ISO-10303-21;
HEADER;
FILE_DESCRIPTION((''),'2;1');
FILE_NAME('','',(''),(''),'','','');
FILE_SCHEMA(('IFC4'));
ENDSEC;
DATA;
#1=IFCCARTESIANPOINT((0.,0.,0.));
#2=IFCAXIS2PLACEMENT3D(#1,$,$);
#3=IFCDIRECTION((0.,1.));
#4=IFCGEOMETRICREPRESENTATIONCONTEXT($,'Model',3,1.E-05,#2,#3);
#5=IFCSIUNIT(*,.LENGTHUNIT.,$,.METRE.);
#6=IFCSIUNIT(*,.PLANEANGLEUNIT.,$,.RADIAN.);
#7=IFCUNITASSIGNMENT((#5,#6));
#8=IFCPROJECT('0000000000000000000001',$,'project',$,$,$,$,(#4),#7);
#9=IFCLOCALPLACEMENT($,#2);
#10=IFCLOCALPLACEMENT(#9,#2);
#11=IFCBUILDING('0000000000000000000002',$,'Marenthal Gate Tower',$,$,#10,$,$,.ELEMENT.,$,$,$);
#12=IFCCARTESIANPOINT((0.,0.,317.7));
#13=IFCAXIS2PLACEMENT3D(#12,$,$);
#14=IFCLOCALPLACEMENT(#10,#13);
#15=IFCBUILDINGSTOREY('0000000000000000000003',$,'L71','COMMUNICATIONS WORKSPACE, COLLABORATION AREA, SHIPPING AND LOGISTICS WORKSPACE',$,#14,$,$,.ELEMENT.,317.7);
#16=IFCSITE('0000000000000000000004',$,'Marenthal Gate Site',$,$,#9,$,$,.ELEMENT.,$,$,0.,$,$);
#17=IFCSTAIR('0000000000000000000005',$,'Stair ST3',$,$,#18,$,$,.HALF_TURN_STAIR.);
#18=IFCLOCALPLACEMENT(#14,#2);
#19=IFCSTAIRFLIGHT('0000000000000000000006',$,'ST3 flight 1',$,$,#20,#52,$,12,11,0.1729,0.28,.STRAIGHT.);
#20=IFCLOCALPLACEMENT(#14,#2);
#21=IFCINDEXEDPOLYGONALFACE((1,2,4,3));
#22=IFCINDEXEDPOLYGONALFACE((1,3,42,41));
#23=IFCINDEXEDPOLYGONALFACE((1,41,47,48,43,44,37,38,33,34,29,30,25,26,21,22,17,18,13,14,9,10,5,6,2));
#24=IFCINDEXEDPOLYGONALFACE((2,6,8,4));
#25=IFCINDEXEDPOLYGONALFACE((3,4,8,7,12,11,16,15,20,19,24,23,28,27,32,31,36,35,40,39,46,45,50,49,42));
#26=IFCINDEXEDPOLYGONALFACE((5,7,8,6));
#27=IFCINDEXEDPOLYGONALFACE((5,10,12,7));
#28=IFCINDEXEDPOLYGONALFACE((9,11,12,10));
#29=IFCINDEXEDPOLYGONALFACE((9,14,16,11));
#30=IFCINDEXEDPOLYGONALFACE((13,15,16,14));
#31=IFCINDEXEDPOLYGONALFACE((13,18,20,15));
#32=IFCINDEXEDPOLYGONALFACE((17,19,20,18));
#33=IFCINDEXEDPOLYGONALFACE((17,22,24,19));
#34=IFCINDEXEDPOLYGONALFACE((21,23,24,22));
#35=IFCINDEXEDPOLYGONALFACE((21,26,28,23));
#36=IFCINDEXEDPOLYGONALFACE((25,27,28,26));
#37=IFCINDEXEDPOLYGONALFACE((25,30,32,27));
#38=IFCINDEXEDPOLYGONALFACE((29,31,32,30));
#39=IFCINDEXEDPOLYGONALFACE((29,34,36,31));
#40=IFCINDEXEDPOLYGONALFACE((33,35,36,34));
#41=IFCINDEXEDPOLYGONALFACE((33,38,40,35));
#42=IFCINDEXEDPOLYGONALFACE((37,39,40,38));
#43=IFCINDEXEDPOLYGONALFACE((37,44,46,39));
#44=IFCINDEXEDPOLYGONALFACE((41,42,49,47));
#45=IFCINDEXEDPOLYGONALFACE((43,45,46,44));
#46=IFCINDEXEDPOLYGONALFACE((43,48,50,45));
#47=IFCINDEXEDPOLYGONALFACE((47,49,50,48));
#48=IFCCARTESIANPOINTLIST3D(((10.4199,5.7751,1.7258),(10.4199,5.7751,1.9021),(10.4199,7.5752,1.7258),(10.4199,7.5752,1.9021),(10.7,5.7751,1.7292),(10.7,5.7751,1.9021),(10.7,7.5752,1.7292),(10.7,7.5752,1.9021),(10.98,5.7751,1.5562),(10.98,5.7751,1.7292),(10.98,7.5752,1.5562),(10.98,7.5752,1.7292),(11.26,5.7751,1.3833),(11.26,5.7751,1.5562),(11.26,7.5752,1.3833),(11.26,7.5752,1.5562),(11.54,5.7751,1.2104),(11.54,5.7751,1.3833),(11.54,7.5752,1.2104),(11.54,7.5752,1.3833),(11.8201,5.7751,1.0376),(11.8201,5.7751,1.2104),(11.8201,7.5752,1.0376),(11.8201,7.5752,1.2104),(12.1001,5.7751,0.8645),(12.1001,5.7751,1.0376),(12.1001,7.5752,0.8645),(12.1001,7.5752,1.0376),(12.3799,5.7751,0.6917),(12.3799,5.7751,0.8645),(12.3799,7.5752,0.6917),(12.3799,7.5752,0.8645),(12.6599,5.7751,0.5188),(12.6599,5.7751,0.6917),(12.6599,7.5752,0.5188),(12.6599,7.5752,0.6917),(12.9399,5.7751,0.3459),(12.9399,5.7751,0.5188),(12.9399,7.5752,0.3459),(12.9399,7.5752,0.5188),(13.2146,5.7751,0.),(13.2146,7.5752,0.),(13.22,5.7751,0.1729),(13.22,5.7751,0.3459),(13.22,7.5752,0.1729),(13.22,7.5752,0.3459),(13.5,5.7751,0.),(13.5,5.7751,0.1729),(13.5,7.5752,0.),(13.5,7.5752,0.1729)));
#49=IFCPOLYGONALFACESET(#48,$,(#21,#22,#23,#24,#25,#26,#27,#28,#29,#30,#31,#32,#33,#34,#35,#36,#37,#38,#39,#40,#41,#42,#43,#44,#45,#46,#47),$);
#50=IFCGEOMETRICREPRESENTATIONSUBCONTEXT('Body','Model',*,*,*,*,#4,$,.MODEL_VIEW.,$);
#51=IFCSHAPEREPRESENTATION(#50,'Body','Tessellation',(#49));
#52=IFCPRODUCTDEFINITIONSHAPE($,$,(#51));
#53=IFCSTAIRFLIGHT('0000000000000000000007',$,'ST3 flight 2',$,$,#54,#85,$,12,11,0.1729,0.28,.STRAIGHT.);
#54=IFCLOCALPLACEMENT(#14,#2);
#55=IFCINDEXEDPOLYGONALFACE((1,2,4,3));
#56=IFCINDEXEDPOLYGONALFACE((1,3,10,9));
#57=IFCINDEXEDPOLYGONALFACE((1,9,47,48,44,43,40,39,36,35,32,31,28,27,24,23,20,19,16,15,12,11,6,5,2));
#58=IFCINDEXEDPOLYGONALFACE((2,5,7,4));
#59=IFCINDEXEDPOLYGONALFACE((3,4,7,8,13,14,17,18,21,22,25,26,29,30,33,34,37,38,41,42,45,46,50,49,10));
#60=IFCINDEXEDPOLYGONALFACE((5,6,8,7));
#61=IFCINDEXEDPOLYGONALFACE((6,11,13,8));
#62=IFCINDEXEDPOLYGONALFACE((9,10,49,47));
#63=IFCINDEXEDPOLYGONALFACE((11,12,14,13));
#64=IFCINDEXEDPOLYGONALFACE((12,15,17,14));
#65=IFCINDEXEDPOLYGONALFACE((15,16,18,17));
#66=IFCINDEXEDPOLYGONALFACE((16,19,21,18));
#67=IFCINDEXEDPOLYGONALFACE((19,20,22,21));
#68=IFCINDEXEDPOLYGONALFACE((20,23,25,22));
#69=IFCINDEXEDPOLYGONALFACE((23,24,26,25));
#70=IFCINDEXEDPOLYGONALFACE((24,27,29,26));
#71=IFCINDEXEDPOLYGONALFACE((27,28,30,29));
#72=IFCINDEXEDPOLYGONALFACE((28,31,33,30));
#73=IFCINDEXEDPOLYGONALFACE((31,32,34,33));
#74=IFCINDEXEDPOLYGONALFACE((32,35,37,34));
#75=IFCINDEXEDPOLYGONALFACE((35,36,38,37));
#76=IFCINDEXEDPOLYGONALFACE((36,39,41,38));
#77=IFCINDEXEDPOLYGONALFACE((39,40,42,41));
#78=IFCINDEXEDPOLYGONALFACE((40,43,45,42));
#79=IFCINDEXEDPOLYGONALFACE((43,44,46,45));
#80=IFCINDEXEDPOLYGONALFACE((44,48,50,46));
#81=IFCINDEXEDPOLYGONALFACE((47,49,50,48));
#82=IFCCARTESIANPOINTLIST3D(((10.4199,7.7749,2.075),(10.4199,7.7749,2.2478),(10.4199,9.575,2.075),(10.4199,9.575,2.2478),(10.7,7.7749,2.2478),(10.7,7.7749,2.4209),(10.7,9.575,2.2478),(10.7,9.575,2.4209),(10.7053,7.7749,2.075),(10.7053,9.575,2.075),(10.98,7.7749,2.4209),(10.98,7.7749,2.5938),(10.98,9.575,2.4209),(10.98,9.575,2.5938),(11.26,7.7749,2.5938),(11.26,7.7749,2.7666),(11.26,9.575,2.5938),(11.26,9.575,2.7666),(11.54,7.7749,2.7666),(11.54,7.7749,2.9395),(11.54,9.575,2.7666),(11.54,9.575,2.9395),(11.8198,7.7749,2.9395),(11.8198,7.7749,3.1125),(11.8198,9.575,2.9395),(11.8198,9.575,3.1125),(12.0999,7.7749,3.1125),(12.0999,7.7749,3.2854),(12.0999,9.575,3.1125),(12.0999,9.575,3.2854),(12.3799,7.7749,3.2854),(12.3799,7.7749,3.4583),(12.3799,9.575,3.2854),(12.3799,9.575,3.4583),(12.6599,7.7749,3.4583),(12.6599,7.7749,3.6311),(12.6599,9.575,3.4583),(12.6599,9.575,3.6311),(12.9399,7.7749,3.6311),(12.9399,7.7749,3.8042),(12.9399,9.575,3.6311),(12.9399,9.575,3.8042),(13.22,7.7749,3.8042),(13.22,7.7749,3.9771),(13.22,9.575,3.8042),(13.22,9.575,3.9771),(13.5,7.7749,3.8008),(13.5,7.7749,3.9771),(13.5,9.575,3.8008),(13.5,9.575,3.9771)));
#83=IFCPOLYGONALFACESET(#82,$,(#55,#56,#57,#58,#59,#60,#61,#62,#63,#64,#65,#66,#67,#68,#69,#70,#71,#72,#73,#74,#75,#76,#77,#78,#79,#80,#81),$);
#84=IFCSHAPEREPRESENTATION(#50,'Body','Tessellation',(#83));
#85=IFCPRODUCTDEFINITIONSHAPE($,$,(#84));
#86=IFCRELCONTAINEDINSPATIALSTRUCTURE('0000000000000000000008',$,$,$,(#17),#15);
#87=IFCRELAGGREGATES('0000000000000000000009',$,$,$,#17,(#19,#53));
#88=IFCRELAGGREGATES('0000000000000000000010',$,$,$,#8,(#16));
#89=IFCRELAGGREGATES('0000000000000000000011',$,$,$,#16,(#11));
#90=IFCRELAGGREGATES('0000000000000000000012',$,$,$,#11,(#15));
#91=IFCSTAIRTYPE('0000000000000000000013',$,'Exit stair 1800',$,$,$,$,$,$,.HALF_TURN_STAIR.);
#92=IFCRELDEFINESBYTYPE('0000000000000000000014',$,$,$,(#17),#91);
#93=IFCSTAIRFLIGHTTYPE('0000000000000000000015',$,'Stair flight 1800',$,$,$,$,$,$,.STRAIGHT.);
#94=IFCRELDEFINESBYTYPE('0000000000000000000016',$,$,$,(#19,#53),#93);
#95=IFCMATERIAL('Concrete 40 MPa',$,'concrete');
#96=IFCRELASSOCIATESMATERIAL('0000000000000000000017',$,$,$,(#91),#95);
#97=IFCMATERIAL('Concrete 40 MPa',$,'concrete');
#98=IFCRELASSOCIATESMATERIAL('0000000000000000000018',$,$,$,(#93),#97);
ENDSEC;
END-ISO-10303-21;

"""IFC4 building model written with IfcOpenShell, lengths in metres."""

from ifc_helpers import new_model, si_unit, direction, frame, origin, place, context, subcontext, project, spatial, polyline, outline, extrude, material, type_object, element, aggregate, save


model = new_model("IFC4")

# Units and contexts
model_context = context("Model", 3, precision=1e-05, world=origin(), true_north=direction((0.0, 1.0)))
body_context = subcontext(model_context, "Body", "Model", "MODEL_VIEW")
ifc_project = project(units=[si_unit("LENGTHUNIT", "METRE"), si_unit("PLANEANGLEUNIT", "RADIAN")], contexts=[model_context])

# Site, building, storey
site_placement = place(None, origin())
site = spatial("IfcSite", under=ifc_project, at=site_placement, Name="Marenthal Gate Site", CompositionType="ELEMENT", RefElevation=0.0)
building_placement = place(site_placement, origin())
building = spatial("IfcBuilding", under=site, at=building_placement, Name="Marenthal Gate Tower", CompositionType="ELEMENT")
storey_placement = place(building_placement, frame((0.0, 0.0, 317.7)))
storey = spatial("IfcBuildingStorey", under=building, at=storey_placement, Name="L71", Description="COMMUNICATIONS WORKSPACE, COLLABORATION AREA, SHIPPING AND LOGISTICS WORKSPACE", CompositionType="ELEMENT", Elevation=317.7)

# Stair, stair flights
ifc_material_1 = material(Name="Concrete 40 MPa", Category="concrete")
stair_type = type_object("IfcStairType", Name="Exit stair 1800", PredefinedType="HALF_TURN_STAIR", material=ifc_material_1)
stair_placement = place(storey_placement, origin())
stair = element("IfcStair", 1, at=stair_placement, inside=storey, type_object=stair_type, Name="Stair ST3", PredefinedType="HALF_TURN_STAIR")
ifc_material_2 = material(Name="Concrete 40 MPa", Category="concrete")
stair_flight_type = type_object("IfcStairFlightType", Name="Stair flight 1800", PredefinedType="STRAIGHT", material=ifc_material_2)
stair_flight_1_placement = place(storey_placement, frame((13.5, 6.675, 0.0), z_axis=(0.0, 0.0, 1.0), x_axis=(-1.0, 0.0, 0.0)))
stair_flight_1 = element("IfcStairFlight", 2, at=stair_flight_1_placement, type_object=stair_flight_type, Name="ST3 flight 1", NumberOfRisers=12, NumberOfTreads=11, PredefinedType="STRAIGHT", RiserHeight=0.1729, TreadLength=0.28, context=body_context, shape_type="SweptSolid", body=[
    extrude(outline(polyline([(0.0, 0.0), (0.0, 0.1729), (0.28, 0.1729), (0.28, 0.3459), (0.5601, 0.3459), (0.5601, 0.5188), (0.8401, 0.5188), (0.8401, 0.6917), (1.1201, 0.6917), (1.1201, 0.8645), (1.3999, 0.8645), (1.3999, 1.0376), (1.6799, 1.0376), (1.6799, 1.2104), (1.96, 1.2104), (1.96, 1.3833), (2.24, 1.3833), (2.24, 1.5562), (2.52, 1.5562), (2.52, 1.7292), (2.8, 1.7292), (2.8, 1.9021), (3.0801, 1.9021), (3.0801, 2.075), (3.0801, 1.7258), (0.2854, 0.0), (0.0, 0.0)])), frame((0.0, 0.8999, 0.0), z_axis=(0.0, -1.0, 0.0), x_axis=(1.0, 0.0, 0.0)), (0.0, 0.0, 1.0), 1.8),
])
stair_flight_2_placement = place(storey_placement, frame((10.4199, 8.675, 2.075), z_axis=(0.0, 0.0, 1.0), x_axis=(1.0, 0.0, 0.0)))
stair_flight_2 = element("IfcStairFlight", 3, at=stair_flight_2_placement, type_object=stair_flight_type, Name="ST3 flight 2", NumberOfRisers=12, NumberOfTreads=11, PredefinedType="STRAIGHT", RiserHeight=0.1729, TreadLength=0.28, context=body_context, shape_type="SweptSolid", body=[
    extrude(outline(polyline([(0.0, 0.0), (0.0, 0.1729), (0.28, 0.1729), (0.28, 0.3459), (0.5601, 0.3459), (0.5601, 0.5188), (0.8401, 0.5188), (0.8401, 0.6917), (1.1201, 0.6917), (1.1201, 0.8645), (1.3999, 0.8645), (1.3999, 1.0376), (1.6799, 1.0376), (1.6799, 1.2104), (1.96, 1.2104), (1.96, 1.3833), (2.24, 1.3833), (2.24, 1.5562), (2.52, 1.5562), (2.52, 1.7292), (2.8, 1.7292), (2.8, 1.9021), (3.0801, 1.9021), (3.0801, 2.075), (3.0801, 1.7258), (0.2854, 0.0), (0.0, 0.0)])), frame((0.0, 0.8999, 0.0), z_axis=(0.0, -1.0, 0.0), x_axis=(1.0, 0.0, 0.0)), (0.0, 0.0, 1.0), 1.8),
])
aggregate(stair, [stair_flight_1, stair_flight_2])

save(model, "model.ifc")
